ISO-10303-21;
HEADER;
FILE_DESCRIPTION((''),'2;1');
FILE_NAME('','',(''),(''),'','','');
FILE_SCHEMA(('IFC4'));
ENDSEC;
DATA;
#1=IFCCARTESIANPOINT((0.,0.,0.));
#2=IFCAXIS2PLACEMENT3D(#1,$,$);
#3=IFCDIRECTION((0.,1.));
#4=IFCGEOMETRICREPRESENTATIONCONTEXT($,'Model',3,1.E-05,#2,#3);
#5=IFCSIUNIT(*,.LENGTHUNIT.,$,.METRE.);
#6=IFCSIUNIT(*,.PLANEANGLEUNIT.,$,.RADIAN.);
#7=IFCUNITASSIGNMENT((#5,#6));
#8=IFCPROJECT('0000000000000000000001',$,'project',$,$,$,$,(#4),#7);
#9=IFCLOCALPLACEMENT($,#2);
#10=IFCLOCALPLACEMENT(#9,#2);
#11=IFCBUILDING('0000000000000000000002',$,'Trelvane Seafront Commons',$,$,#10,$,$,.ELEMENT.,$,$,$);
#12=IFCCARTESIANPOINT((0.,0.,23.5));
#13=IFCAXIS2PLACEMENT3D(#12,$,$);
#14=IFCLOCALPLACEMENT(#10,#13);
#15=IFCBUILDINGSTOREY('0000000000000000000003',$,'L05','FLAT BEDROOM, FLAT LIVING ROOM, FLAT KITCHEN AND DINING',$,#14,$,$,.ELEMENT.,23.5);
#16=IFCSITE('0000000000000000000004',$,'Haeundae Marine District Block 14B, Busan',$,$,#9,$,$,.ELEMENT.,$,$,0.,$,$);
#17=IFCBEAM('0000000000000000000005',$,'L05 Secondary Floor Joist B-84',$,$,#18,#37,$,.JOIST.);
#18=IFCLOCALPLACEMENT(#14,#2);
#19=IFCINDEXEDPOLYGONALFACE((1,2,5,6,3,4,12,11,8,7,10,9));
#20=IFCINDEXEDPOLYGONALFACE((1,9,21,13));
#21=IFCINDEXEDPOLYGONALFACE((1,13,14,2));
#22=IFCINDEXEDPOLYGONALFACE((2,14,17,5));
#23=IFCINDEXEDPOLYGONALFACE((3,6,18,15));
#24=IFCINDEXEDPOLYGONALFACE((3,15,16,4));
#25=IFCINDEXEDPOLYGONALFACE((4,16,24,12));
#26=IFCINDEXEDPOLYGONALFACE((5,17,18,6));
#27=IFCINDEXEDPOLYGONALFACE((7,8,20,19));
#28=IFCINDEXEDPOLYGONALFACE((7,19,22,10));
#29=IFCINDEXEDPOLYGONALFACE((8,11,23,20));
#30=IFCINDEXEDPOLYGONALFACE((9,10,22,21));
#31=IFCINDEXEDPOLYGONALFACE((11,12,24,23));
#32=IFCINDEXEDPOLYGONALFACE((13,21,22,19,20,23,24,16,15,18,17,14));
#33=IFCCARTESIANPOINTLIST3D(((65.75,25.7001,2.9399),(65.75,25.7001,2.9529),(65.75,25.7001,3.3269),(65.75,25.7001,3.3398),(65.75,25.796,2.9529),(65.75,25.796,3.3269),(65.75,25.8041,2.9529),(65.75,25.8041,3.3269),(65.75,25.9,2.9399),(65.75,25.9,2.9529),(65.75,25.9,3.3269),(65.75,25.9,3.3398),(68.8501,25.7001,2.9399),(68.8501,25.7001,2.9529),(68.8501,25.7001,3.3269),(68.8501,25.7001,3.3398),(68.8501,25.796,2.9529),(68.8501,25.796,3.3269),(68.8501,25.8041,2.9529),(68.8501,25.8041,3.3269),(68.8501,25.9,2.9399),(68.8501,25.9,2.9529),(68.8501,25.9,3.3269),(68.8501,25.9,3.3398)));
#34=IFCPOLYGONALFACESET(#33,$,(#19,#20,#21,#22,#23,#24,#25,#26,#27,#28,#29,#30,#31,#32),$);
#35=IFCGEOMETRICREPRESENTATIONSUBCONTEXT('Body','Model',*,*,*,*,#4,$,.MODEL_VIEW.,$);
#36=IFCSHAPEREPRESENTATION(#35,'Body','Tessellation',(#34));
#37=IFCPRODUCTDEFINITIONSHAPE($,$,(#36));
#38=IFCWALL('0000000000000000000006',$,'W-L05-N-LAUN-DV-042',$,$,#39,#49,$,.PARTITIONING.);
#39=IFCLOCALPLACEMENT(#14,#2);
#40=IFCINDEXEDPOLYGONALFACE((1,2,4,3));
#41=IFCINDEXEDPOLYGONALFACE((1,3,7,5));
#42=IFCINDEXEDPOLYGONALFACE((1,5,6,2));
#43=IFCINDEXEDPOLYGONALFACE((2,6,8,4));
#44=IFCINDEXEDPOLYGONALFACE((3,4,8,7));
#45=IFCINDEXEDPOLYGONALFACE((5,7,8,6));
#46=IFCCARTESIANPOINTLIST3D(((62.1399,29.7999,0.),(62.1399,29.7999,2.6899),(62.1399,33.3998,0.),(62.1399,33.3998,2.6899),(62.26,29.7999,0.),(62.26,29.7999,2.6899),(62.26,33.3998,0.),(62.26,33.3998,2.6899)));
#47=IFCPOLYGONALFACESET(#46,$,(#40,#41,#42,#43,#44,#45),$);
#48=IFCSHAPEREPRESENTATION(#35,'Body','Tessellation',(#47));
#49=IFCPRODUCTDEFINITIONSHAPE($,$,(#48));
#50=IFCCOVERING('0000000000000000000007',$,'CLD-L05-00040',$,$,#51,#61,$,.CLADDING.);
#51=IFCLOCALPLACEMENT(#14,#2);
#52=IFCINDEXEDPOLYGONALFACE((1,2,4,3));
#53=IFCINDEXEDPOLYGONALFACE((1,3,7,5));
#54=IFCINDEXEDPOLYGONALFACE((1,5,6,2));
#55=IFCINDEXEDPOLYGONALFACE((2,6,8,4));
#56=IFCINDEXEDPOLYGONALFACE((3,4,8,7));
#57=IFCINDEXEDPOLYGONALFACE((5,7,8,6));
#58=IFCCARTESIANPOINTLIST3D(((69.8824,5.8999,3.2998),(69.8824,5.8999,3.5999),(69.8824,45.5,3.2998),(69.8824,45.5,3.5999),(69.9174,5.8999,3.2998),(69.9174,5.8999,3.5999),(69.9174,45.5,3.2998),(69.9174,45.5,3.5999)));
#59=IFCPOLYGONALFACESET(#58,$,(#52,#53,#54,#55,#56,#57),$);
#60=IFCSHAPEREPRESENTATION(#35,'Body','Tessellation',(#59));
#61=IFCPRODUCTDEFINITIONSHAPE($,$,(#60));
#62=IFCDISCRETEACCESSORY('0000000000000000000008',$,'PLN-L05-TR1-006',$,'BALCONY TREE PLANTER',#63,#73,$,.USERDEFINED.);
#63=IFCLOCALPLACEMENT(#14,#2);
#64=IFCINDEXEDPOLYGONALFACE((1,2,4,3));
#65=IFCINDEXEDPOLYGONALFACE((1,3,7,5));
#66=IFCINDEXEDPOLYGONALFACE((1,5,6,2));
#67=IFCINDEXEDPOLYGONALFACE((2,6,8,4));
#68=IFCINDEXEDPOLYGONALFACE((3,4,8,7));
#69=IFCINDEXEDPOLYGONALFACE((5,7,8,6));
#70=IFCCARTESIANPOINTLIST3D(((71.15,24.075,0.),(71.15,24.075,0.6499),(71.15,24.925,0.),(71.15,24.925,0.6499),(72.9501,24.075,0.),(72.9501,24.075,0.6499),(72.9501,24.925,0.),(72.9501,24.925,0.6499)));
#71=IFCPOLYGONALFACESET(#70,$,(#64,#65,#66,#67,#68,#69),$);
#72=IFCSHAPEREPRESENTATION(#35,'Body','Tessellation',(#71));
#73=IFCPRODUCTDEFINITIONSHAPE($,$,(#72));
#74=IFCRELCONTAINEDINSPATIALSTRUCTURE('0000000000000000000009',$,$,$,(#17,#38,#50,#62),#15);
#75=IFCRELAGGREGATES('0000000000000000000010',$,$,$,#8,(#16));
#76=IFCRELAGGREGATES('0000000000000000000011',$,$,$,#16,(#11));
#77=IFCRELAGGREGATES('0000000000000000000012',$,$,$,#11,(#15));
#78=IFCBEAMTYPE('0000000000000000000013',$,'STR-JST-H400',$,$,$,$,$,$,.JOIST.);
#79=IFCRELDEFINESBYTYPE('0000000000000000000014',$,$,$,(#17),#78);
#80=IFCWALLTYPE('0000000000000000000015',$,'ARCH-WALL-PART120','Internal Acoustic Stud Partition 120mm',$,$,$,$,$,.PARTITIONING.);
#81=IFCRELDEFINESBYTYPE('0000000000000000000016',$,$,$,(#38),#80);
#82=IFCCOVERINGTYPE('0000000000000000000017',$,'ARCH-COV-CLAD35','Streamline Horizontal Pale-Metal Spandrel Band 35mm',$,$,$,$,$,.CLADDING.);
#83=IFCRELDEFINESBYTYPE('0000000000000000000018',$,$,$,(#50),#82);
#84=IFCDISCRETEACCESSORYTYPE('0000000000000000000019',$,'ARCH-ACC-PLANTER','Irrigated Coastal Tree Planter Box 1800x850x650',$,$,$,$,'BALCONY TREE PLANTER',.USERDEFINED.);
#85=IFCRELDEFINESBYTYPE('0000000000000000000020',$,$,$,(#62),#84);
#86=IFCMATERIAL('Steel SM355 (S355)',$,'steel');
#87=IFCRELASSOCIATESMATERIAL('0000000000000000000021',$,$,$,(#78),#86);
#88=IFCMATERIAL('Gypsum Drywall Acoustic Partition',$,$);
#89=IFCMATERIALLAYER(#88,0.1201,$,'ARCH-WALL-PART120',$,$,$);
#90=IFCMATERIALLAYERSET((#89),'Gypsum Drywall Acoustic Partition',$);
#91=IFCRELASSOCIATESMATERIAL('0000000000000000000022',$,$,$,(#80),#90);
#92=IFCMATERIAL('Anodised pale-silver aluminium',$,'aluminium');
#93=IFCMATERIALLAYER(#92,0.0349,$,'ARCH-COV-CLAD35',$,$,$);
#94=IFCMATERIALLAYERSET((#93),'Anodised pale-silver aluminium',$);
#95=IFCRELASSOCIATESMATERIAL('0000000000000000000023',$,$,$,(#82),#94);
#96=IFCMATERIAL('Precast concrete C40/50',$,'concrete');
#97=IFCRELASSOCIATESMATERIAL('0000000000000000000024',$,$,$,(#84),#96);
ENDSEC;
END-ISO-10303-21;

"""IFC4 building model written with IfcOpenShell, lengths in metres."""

from ifc_helpers import new_model, si_unit, direction, frame, frame_2d, origin, origin_2d, place, context, subcontext, project, spatial, rectangle, i_section, extrude, source, transform, mapped, material, layer, layer_set, material_profile, profile_set, type_object, element, save


model = new_model("IFC4")

# Units and contexts
model_context = context("Model", 3, precision=1e-05, world=origin(), true_north=direction((0.0, 1.0)))
body_context = subcontext(model_context, "Body", "Model", "MODEL_VIEW")
ifc_project = project(units=[si_unit("LENGTHUNIT", "METRE"), si_unit("PLANEANGLEUNIT", "RADIAN")], contexts=[model_context])

# Site, building, storey
site_placement = place(None, origin())
site = spatial("IfcSite", under=ifc_project, at=site_placement, Name="Haeundae Marine District Block 14B, Busan", CompositionType="ELEMENT", RefElevation=0.0)
building_placement = place(site_placement, origin())
building = spatial("IfcBuilding", under=site, at=building_placement, Name="Trelvane Seafront Commons", CompositionType="ELEMENT")
storey_placement = place(building_placement, frame((0.0, 0.0, 23.5)))
storey = spatial("IfcBuildingStorey", under=building, at=storey_placement, Name="L05", Description="FLAT BEDROOM, FLAT LIVING ROOM, FLAT KITCHEN AND DINING", CompositionType="ELEMENT", Elevation=23.5)

# Shared definitions
ifc_material_1 = material(Name="Steel SM355 (S355)", Category="steel")

# Beam
ifc_material_profile_1 = material_profile(ifc_material_1, i_section(OverallWidth=0.2, OverallDepth=0.3999, WebThickness=0.0081, FlangeThickness=0.0129, at=origin_2d()), Name="H-400x200x8x13")
ifc_profile_set_1 = profile_set([ifc_material_profile_1], Name="Steel SM355 (S355)")
beam_type_1 = type_object("IfcBeamType", Name="STR-JST-H400", PredefinedType="JOIST", material=ifc_profile_set_1)
shared_shape_1 = source(origin(), body_context, "Body", "SweptSolid", [
    extrude(i_section(OverallWidth=0.2, OverallDepth=0.3999, WebThickness=0.0081, FlangeThickness=0.0129, at=origin_2d()), origin(), (0.0, 0.0, 1.0), 3.1001),
])
beam_1_placement = place(storey_placement, frame((65.75, 25.8, 3.1399), z_axis=(1.0, 0.0, 0.0), x_axis=(0.0, 1.0, 0.0)))
element("IfcBeam", 1, at=beam_1_placement, inside=storey, type_object=beam_type_1, Name="L05 Secondary Floor Joist B-84", PredefinedType="JOIST", context=body_context, shape_type="MappedRepresentation", body=[
    mapped(shared_shape_1, transform((0.0, 0.0, 0.0), x_axis=(1.0, 0.0, 0.0), y_axis=(0.0, 1.0, 0.0), z_axis=(0.0, 0.0, 1.0), scale=1.0)),
])

# Wall
ifc_material_2 = material(Name="Gypsum Drywall Acoustic Partition")
ifc_layer_1 = layer(ifc_material_2, 0.1201, Name="ARCH-WALL-PART120")
ifc_layer_set_1 = layer_set([ifc_layer_1], Name="Gypsum Drywall Acoustic Partition")
wall_type_1 = type_object("IfcWallType", Name="ARCH-WALL-PART120", Description="Internal Acoustic Stud Partition 120mm", PredefinedType="PARTITIONING", material=ifc_layer_set_1)
wall_1_placement = place(storey_placement, frame((62.2, 29.8, 0.0), z_axis=(0.0, 0.0, 1.0), x_axis=(0.0, 1.0, 0.0)))
element("IfcWall", 2, at=wall_1_placement, inside=storey, type_object=wall_type_1, Name="W-L05-N-LAUN-DV-042", PredefinedType="PARTITIONING", context=body_context, shape_type="SweptSolid", body=[
    extrude(rectangle(XDim=3.5999, YDim=0.1201, at=frame_2d((1.7998, 0.0))), origin(), (0.0, 0.0, 1.0), 2.6899),
])

# Covering
ifc_material_3 = material(Name="Anodised pale-silver aluminium", Category="aluminium")
ifc_layer_2 = layer(ifc_material_3, 0.0349, Name="ARCH-COV-CLAD35")
ifc_layer_set_2 = layer_set([ifc_layer_2], Name="Anodised pale-silver aluminium")
covering_type = type_object("IfcCoveringType", Name="ARCH-COV-CLAD35", Description="Streamline Horizontal Pale-Metal Spandrel Band 35mm", PredefinedType="CLADDING", material=ifc_layer_set_2)
shared_shape_2 = source(origin(), body_context, "Body", "SweptSolid", [
    extrude(rectangle(XDim=39.6001, YDim=0.0349, at=origin_2d()), origin(), (0.0, 0.0, 1.0), 0.3),
])
covering_placement = place(storey_placement, frame((69.8999, 25.7, 3.2998), z_axis=(0.0, 0.0, 1.0), x_axis=(0.0, -1.0, 0.0)))
element("IfcCovering", 3, at=covering_placement, inside=storey, type_object=covering_type, Name="CLD-L05-00040", PredefinedType="CLADDING", context=body_context, shape_type="MappedRepresentation", body=[
    mapped(shared_shape_2, transform((0.0, 0.0, 0.0), x_axis=(1.0, 0.0, 0.0), y_axis=(0.0, 1.0, 0.0), z_axis=(0.0, 0.0, 1.0), scale=1.0)),
])

# Discrete accessory
ifc_material_4 = material(Name="Precast concrete C40/50", Category="concrete")
discrete_accessory_type = type_object("IfcDiscreteAccessoryType", Name="ARCH-ACC-PLANTER", Description="Irrigated Coastal Tree Planter Box 1800x850x650", ElementType="BALCONY TREE PLANTER", PredefinedType="USERDEFINED", material=ifc_material_4)
shared_shape_3 = source(origin(), body_context, "Body", "SweptSolid", [
    extrude(rectangle(XDim=1.8, YDim=0.8501, at=origin_2d()), origin(), (0.0, 0.0, 1.0), 0.6499),
])
discrete_accessory_placement = place(storey_placement, frame((72.05, 24.5, 0.0), z_axis=(0.0, 0.0, 1.0), x_axis=(1.0, 0.0, 0.0)))
element("IfcDiscreteAccessory", 4, at=discrete_accessory_placement, inside=storey, type_object=discrete_accessory_type, Name="PLN-L05-TR1-006", ObjectType="BALCONY TREE PLANTER", PredefinedType="USERDEFINED", context=body_context, shape_type="MappedRepresentation", body=[
    mapped(shared_shape_3, transform((0.0, 0.0, 0.0), x_axis=(1.0, 0.0, 0.0), y_axis=(0.0, 1.0, 0.0), z_axis=(0.0, 0.0, 1.0), scale=1.0)),
])

save(model, "model.ifc")
